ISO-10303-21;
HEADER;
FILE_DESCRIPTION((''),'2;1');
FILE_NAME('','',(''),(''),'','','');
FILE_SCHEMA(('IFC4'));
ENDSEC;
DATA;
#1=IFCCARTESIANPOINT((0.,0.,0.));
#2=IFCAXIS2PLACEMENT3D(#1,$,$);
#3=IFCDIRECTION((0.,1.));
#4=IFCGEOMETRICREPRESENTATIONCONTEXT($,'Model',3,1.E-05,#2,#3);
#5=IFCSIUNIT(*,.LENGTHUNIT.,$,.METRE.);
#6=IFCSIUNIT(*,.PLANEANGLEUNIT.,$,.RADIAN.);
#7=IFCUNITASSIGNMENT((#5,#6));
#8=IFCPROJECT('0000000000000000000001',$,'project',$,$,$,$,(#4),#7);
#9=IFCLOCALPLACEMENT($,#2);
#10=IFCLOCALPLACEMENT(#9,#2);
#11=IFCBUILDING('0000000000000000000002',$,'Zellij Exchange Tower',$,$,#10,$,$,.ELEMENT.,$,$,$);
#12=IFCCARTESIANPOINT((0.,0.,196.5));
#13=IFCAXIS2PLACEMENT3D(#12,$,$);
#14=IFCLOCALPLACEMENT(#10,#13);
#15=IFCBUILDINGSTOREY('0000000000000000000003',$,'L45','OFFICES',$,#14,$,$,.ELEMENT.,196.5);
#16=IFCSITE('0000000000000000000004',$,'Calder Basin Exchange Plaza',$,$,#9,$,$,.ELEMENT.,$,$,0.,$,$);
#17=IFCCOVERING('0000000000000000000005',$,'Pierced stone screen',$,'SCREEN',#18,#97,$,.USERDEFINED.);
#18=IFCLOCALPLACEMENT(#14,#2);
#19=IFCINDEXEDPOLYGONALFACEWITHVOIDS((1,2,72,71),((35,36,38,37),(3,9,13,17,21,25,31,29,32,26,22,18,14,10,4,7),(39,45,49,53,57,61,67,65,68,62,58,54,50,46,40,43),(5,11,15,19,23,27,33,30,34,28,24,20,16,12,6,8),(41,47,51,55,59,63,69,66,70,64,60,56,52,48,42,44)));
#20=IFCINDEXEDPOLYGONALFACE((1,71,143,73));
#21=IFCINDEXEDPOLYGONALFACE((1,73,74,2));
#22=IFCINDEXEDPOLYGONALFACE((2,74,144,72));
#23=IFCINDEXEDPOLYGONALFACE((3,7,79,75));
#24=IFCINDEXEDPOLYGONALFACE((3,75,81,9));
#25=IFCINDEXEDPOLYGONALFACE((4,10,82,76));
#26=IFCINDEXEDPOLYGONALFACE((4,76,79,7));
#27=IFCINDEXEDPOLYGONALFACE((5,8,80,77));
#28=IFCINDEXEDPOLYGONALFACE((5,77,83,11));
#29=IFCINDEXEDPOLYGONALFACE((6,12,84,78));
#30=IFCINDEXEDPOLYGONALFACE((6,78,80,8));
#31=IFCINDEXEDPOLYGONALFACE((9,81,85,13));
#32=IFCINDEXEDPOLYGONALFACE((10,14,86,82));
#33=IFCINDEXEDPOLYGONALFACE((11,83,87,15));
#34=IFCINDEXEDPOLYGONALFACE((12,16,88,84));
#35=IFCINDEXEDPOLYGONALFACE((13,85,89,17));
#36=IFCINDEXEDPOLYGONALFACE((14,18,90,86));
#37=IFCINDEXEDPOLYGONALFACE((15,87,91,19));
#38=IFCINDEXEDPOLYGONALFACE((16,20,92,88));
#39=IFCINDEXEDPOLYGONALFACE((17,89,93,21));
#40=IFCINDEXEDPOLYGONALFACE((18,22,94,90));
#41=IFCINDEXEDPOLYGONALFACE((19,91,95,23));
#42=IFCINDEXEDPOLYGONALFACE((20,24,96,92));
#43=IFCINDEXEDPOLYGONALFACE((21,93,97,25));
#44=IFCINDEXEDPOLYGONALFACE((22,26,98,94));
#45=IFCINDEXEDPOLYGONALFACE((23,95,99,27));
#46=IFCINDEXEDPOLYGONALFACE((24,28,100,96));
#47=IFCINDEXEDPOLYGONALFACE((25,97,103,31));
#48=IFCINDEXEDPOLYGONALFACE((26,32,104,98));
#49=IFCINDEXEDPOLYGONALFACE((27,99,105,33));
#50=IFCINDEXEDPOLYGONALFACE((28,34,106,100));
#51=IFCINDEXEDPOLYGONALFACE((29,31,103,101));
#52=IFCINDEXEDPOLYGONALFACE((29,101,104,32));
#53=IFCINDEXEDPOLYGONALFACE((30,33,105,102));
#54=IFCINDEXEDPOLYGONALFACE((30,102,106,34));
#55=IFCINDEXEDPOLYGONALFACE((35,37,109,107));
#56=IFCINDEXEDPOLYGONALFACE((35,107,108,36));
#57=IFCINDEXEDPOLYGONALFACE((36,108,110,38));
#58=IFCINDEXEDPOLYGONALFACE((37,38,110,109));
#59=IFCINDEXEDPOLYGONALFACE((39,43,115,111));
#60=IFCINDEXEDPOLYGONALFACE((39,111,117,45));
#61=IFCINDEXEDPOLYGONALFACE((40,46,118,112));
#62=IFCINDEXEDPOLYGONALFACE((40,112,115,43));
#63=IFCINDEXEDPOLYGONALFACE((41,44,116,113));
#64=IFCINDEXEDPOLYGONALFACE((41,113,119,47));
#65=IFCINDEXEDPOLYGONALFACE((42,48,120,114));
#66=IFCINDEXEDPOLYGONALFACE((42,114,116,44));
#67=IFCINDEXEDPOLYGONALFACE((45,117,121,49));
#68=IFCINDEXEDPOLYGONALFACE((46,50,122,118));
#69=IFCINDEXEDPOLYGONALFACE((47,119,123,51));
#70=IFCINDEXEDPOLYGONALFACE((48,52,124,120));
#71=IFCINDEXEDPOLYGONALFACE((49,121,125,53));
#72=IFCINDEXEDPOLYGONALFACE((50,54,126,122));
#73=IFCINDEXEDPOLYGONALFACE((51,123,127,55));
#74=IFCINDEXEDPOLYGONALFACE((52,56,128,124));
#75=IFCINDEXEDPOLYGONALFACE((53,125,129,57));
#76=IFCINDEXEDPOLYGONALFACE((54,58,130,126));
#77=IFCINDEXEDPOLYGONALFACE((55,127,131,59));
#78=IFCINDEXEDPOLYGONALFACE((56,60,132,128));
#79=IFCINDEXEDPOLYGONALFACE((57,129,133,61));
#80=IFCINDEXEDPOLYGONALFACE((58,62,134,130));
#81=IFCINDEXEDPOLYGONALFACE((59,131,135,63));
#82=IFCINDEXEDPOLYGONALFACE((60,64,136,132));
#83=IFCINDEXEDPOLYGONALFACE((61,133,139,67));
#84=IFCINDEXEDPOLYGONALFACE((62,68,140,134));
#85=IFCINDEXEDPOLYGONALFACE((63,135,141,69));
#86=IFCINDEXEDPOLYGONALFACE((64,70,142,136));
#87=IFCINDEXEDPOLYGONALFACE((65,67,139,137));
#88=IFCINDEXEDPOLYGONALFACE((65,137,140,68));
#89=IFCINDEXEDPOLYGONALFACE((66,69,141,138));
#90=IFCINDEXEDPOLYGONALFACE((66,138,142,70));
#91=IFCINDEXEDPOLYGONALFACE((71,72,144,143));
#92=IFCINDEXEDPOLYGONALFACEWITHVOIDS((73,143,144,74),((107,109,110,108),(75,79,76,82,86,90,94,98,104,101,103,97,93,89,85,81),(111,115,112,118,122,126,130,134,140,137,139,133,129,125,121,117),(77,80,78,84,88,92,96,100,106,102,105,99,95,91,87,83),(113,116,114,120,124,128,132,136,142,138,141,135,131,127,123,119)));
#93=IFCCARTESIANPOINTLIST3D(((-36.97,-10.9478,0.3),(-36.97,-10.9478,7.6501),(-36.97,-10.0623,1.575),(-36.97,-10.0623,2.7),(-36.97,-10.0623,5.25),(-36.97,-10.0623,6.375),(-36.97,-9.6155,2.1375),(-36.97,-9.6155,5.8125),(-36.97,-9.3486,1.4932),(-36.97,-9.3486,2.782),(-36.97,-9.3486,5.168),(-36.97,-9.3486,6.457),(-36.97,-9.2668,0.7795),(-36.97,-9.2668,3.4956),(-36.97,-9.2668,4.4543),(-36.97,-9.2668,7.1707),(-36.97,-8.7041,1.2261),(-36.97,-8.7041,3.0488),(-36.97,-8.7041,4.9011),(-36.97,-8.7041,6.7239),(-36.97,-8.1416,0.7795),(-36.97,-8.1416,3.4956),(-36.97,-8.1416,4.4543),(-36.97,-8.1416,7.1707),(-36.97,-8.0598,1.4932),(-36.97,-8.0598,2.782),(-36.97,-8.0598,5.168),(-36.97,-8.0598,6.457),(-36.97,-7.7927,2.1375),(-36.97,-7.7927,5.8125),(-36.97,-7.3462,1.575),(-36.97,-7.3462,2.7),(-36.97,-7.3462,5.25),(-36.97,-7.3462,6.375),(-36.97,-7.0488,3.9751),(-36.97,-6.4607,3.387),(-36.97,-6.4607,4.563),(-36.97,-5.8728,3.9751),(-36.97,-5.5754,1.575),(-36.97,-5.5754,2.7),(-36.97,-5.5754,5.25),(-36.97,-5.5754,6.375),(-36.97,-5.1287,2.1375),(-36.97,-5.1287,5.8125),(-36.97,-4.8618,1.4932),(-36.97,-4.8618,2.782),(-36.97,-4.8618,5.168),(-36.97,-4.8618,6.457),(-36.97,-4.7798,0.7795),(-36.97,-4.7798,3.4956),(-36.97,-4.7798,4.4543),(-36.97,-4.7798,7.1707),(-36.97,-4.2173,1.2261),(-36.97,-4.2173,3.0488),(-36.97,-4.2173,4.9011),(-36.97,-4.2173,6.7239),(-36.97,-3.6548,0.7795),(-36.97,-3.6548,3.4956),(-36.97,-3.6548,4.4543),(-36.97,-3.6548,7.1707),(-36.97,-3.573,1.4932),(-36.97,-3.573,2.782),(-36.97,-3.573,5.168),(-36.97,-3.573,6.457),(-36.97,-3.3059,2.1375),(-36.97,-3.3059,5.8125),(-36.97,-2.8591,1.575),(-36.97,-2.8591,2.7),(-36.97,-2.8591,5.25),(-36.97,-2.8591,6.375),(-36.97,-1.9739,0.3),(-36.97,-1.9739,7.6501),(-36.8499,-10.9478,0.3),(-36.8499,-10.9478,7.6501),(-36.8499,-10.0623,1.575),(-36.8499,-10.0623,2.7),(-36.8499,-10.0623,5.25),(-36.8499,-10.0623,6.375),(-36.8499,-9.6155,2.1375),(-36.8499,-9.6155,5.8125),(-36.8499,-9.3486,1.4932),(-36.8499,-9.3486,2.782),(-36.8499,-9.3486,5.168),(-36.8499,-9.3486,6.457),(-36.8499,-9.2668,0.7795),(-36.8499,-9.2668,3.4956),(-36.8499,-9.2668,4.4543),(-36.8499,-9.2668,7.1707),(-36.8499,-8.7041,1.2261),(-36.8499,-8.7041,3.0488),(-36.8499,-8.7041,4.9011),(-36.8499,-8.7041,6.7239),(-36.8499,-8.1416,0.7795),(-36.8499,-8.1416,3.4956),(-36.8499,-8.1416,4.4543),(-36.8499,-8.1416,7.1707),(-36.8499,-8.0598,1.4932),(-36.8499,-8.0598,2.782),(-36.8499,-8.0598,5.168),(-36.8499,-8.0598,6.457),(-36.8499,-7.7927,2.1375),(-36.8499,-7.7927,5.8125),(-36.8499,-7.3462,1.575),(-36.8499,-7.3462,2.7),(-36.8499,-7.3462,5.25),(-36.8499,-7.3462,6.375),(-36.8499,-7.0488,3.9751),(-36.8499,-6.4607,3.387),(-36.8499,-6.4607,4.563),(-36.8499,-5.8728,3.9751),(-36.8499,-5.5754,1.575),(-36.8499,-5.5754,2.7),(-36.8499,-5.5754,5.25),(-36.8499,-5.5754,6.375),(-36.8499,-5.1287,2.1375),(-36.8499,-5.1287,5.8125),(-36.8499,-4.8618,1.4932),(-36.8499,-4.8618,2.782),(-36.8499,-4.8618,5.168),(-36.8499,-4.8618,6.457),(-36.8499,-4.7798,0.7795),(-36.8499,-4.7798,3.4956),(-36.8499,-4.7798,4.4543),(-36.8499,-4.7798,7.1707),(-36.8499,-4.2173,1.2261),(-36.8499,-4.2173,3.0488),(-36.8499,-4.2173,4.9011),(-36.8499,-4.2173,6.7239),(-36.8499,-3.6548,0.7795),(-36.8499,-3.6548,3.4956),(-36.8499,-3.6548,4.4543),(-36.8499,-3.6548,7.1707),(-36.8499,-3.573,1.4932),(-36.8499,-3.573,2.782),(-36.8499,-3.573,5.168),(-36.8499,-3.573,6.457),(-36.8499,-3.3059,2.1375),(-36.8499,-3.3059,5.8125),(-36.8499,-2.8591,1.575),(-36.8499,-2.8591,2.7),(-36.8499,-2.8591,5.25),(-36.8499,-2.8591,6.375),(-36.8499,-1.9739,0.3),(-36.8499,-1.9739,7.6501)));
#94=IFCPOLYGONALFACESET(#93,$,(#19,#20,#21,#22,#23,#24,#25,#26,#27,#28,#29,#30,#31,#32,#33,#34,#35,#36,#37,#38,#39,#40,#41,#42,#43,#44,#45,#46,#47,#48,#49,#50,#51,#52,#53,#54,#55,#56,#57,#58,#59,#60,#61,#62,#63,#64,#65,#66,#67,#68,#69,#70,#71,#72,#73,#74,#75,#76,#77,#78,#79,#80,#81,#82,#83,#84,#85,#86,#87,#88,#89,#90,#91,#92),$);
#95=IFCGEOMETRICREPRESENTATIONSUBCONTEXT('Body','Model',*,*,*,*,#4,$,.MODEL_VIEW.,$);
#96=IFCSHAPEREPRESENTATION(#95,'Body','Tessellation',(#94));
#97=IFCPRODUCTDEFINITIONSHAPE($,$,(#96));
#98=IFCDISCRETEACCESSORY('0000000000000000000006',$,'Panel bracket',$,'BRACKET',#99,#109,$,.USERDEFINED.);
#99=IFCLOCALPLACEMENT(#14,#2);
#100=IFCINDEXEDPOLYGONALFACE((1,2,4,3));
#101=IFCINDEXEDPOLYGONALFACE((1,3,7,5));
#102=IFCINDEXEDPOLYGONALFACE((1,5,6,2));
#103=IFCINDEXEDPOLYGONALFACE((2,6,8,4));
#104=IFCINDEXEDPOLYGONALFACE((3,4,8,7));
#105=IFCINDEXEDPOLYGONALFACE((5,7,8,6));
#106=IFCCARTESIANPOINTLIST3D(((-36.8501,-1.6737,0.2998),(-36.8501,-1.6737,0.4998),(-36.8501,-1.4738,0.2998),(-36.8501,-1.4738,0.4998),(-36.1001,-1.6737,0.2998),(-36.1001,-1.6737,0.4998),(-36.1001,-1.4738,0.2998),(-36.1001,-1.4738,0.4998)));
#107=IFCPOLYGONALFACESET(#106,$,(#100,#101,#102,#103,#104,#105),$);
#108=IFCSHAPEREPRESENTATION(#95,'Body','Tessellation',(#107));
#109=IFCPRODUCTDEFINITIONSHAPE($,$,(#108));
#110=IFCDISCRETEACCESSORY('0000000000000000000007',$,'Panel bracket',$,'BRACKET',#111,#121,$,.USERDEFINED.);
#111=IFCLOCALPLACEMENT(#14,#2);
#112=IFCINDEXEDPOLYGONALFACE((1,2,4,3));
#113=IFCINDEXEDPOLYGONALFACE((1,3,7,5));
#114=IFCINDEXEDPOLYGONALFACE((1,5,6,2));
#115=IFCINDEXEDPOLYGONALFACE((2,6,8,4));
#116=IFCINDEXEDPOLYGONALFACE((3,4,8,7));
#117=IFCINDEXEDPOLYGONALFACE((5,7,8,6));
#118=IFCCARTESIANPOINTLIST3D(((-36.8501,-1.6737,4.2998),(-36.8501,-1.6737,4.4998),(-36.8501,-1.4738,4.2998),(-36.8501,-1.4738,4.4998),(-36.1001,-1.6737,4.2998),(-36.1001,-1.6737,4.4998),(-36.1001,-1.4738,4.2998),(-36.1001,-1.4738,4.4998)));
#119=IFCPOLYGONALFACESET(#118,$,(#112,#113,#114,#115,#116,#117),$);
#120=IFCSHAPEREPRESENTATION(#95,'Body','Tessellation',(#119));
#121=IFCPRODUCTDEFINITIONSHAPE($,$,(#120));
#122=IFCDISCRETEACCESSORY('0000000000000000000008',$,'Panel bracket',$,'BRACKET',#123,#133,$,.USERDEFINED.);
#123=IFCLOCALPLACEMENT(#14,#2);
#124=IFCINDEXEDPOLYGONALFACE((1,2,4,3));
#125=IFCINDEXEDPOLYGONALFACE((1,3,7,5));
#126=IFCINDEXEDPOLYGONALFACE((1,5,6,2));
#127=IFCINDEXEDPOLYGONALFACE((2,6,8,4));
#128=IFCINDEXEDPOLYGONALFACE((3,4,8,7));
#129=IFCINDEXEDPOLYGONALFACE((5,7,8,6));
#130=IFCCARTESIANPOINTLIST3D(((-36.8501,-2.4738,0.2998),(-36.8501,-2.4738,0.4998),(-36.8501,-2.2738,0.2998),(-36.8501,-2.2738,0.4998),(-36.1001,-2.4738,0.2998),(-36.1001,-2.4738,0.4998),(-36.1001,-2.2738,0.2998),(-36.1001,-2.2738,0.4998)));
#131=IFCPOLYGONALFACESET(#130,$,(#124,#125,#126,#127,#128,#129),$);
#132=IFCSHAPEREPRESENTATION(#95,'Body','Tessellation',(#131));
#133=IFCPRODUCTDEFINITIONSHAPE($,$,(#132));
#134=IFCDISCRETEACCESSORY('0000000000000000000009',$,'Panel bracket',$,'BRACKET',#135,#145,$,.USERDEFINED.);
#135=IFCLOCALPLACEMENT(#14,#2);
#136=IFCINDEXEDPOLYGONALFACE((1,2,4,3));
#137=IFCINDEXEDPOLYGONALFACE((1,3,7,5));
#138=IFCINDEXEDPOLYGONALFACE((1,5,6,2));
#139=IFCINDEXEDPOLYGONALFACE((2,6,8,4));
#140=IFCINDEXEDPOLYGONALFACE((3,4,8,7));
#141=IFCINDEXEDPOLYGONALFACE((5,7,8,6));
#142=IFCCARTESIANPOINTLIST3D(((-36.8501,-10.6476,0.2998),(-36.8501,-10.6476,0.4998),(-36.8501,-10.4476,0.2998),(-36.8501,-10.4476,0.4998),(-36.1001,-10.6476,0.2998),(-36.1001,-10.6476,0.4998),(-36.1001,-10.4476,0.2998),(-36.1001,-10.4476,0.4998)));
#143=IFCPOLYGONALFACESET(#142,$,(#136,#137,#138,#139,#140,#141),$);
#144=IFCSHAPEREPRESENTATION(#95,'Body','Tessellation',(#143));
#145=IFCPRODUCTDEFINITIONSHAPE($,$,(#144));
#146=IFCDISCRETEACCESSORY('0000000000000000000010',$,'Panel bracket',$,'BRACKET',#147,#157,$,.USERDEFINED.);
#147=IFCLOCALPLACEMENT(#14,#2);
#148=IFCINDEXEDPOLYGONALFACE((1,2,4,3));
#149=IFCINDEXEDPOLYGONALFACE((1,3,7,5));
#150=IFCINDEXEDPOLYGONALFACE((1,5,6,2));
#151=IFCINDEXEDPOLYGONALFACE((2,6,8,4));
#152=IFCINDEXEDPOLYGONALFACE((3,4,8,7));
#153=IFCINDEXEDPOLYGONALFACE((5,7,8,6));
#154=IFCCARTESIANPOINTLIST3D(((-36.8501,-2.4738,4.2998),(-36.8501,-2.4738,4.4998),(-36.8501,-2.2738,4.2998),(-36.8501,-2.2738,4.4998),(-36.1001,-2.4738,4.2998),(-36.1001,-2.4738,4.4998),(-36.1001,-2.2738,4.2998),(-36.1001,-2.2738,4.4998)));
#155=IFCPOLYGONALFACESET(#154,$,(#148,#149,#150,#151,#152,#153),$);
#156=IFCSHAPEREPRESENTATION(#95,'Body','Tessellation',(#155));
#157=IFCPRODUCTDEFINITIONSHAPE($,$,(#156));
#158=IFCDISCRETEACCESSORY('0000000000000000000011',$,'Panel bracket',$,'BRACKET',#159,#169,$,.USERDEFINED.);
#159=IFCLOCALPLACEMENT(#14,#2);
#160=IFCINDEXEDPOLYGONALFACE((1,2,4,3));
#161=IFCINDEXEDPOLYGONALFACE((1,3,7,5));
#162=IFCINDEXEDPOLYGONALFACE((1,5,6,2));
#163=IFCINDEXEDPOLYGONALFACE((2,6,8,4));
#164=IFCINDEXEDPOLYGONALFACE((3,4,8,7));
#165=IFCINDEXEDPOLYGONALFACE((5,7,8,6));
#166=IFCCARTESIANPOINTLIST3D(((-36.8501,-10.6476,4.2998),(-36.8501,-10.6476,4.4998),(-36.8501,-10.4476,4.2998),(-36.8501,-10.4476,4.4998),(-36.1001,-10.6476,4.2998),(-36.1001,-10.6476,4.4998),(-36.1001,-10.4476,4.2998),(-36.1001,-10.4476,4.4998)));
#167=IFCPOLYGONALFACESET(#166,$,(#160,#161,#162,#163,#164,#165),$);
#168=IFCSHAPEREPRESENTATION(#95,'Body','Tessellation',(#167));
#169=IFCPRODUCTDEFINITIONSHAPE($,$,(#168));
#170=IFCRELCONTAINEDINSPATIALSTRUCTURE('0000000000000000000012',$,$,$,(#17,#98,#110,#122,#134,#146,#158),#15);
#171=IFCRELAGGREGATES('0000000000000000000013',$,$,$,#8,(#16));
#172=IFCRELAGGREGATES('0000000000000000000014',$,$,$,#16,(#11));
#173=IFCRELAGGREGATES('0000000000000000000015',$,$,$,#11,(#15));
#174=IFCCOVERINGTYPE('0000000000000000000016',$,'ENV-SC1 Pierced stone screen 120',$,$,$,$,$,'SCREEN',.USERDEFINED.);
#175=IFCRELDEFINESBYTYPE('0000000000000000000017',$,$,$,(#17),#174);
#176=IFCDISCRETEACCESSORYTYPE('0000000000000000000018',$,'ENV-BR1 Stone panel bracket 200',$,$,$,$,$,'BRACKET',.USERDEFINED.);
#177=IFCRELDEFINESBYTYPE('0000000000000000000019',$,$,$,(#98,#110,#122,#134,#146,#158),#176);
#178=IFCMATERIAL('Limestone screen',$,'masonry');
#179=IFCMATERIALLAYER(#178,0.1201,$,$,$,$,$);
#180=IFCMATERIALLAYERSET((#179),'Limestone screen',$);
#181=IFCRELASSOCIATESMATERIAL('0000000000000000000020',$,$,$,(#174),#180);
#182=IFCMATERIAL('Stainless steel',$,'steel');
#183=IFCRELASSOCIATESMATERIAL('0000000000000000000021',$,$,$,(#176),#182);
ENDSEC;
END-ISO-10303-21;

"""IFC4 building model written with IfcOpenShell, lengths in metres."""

from ifc_helpers import new_model, si_unit, direction, frame, origin, origin_2d, place, context, subcontext, project, spatial, polyline, rectangle, outline, extrude, material, layer, layer_set, type_object, element, save


model = new_model("IFC4")

# Units and contexts
model_context = context("Model", 3, precision=1e-05, world=origin(), true_north=direction((0.0, 1.0)))
body_context = subcontext(model_context, "Body", "Model", "MODEL_VIEW")
ifc_project = project(units=[si_unit("LENGTHUNIT", "METRE"), si_unit("PLANEANGLEUNIT", "RADIAN")], contexts=[model_context])

# Site, building, storey
site_placement = place(None, origin())
site = spatial("IfcSite", under=ifc_project, at=site_placement, Name="Calder Basin Exchange Plaza", CompositionType="ELEMENT", RefElevation=0.0)
building_placement = place(site_placement, origin())
building = spatial("IfcBuilding", under=site, at=building_placement, Name="Zellij Exchange Tower", CompositionType="ELEMENT")
storey_placement = place(building_placement, frame((0.0, 0.0, 196.5)))
storey = spatial("IfcBuildingStorey", under=building, at=storey_placement, Name="L45", Description="OFFICES", CompositionType="ELEMENT", Elevation=196.5)

# Covering
ifc_material_1 = material(Name="Limestone screen", Category="masonry")
ifc_layer_1 = layer(ifc_material_1, 0.1201)
ifc_layer_set_1 = layer_set([ifc_layer_1], Name="Limestone screen")
covering_type = type_object("IfcCoveringType", Name="ENV-SC1 Pierced stone screen 120", ElementType="SCREEN", PredefinedType="USERDEFINED", material=ifc_layer_set_1)
covering_placement = place(storey_placement, frame((-36.9099, -1.9739, 0.3), z_axis=(0.0, 0.0, 1.0), x_axis=(0.0, -1.0, 0.0)))
element("IfcCovering", 1, at=covering_placement, inside=storey, type_object=covering_type, Name="Pierced stone screen", ObjectType="SCREEN", PredefinedType="USERDEFINED", context=body_context, shape_type="SweptSolid", body=[
    extrude(outline(polyline([(0.0, 0.0), (8.9739, 0.0), (8.9739, 7.3501), (0.0, 7.3501), (0.0, 0.0)]), holes=[polyline([(3.6016, 2.3999), (2.8879, 2.4819), (2.8059, 3.1956), (2.2434, 2.7488), (1.6809, 3.1956), (1.5991, 2.4819), (0.8853, 2.3999), (1.332, 1.8374), (0.8853, 1.2749), (1.5991, 1.1931), (1.6809, 0.4795), (2.2434, 0.926), (2.8059, 0.4795), (2.8879, 1.1931), (3.6016, 1.2749), (3.1548, 1.8374), (3.6016, 2.3999)]), polyline([(3.6016, 6.075), (2.8879, 6.157), (2.8059, 6.8706), (2.2434, 6.4238), (1.6809, 6.8706), (1.5991, 6.157), (0.8853, 6.075), (1.332, 5.5125), (0.8853, 4.95), (1.5991, 4.8679), (1.6809, 4.1543), (2.2434, 4.6011), (2.8059, 4.1543), (2.8879, 4.8679), (3.6016, 4.95), (3.1548, 5.5125), (3.6016, 6.075)]), polyline([(8.0884, 2.3999), (7.3748, 2.4819), (7.293, 3.1956), (6.7302, 2.7488), (6.1677, 3.1956), (6.0859, 2.4819), (5.3723, 2.3999), (5.8188, 1.8374), (5.3723, 1.2749), (6.0859, 1.1931), (6.1677, 0.4795), (6.7302, 0.926), (7.293, 0.4795), (7.3748, 1.1931), (8.0884, 1.2749), (7.6416, 1.8374), (8.0884, 2.3999)]), polyline([(8.0884, 6.075), (7.3748, 6.157), (7.293, 6.8706), (6.7302, 6.4238), (6.1677, 6.8706), (6.0859, 6.157), (5.3723, 6.075), (5.8188, 5.5125), (5.3723, 4.95), (6.0859, 4.8679), (6.1677, 4.1543), (6.7302, 4.6011), (7.293, 4.1543), (7.3748, 4.8679), (8.0884, 4.95), (7.6416, 5.5125), (8.0884, 6.075)]), polyline([(5.075, 3.675), (4.4868, 4.2629), (3.8989, 3.675), (4.4868, 3.0869), (5.075, 3.675)])]), frame((0.0, 0.0601, 0.0), z_axis=(0.0, -1.0, 0.0), x_axis=(1.0, 0.0, 0.0)), (0.0, 0.0, 1.0), 0.1201),
])

# Discrete accessories
ifc_material_2 = material(Name="Stainless steel", Category="steel")
discrete_accessory_type = type_object("IfcDiscreteAccessoryType", Name="ENV-BR1 Stone panel bracket 200", ElementType="BRACKET", PredefinedType="USERDEFINED", material=ifc_material_2)
for number, where, z_axis, x_axis, name in (
    (2, (-36.4751, -1.5737, 0.2998), (0.0, 0.0, 1.0), (0.0, -1.0, 0.0), "Panel bracket"),
    (3, (-36.4751, -1.5737, 4.2998), (0.0, 0.0, 1.0), (0.0, -1.0, 0.0), "Panel bracket"),
    (4, (-36.4751, -2.3738, 0.2998), (0.0, 0.0, 1.0), (0.0, -1.0, 0.0), "Panel bracket"),
    (5, (-36.4751, -10.5476, 0.2998), (0.0, 0.0, 1.0), (0.0, -1.0, 0.0), "Panel bracket"),
    (6, (-36.4751, -2.3738, 4.2998), (0.0, 0.0, 1.0), (0.0, -1.0, 0.0), "Panel bracket"),
    (7, (-36.4751, -10.5476, 4.2998), (0.0, 0.0, 1.0), (0.0, -1.0, 0.0), "Panel bracket"),
):
    element("IfcDiscreteAccessory", number, at=place(storey_placement, frame(where, z_axis=z_axis, x_axis=x_axis)), inside=storey, type_object=discrete_accessory_type, Name=name, ObjectType="BRACKET", PredefinedType="USERDEFINED", context=body_context, shape_type="SweptSolid", body=[
        extrude(rectangle(XDim=0.2, YDim=0.75, at=origin_2d()), origin(), (0.0, 0.0, 1.0), 0.2),
    ])

save(model, "model.ifc")
